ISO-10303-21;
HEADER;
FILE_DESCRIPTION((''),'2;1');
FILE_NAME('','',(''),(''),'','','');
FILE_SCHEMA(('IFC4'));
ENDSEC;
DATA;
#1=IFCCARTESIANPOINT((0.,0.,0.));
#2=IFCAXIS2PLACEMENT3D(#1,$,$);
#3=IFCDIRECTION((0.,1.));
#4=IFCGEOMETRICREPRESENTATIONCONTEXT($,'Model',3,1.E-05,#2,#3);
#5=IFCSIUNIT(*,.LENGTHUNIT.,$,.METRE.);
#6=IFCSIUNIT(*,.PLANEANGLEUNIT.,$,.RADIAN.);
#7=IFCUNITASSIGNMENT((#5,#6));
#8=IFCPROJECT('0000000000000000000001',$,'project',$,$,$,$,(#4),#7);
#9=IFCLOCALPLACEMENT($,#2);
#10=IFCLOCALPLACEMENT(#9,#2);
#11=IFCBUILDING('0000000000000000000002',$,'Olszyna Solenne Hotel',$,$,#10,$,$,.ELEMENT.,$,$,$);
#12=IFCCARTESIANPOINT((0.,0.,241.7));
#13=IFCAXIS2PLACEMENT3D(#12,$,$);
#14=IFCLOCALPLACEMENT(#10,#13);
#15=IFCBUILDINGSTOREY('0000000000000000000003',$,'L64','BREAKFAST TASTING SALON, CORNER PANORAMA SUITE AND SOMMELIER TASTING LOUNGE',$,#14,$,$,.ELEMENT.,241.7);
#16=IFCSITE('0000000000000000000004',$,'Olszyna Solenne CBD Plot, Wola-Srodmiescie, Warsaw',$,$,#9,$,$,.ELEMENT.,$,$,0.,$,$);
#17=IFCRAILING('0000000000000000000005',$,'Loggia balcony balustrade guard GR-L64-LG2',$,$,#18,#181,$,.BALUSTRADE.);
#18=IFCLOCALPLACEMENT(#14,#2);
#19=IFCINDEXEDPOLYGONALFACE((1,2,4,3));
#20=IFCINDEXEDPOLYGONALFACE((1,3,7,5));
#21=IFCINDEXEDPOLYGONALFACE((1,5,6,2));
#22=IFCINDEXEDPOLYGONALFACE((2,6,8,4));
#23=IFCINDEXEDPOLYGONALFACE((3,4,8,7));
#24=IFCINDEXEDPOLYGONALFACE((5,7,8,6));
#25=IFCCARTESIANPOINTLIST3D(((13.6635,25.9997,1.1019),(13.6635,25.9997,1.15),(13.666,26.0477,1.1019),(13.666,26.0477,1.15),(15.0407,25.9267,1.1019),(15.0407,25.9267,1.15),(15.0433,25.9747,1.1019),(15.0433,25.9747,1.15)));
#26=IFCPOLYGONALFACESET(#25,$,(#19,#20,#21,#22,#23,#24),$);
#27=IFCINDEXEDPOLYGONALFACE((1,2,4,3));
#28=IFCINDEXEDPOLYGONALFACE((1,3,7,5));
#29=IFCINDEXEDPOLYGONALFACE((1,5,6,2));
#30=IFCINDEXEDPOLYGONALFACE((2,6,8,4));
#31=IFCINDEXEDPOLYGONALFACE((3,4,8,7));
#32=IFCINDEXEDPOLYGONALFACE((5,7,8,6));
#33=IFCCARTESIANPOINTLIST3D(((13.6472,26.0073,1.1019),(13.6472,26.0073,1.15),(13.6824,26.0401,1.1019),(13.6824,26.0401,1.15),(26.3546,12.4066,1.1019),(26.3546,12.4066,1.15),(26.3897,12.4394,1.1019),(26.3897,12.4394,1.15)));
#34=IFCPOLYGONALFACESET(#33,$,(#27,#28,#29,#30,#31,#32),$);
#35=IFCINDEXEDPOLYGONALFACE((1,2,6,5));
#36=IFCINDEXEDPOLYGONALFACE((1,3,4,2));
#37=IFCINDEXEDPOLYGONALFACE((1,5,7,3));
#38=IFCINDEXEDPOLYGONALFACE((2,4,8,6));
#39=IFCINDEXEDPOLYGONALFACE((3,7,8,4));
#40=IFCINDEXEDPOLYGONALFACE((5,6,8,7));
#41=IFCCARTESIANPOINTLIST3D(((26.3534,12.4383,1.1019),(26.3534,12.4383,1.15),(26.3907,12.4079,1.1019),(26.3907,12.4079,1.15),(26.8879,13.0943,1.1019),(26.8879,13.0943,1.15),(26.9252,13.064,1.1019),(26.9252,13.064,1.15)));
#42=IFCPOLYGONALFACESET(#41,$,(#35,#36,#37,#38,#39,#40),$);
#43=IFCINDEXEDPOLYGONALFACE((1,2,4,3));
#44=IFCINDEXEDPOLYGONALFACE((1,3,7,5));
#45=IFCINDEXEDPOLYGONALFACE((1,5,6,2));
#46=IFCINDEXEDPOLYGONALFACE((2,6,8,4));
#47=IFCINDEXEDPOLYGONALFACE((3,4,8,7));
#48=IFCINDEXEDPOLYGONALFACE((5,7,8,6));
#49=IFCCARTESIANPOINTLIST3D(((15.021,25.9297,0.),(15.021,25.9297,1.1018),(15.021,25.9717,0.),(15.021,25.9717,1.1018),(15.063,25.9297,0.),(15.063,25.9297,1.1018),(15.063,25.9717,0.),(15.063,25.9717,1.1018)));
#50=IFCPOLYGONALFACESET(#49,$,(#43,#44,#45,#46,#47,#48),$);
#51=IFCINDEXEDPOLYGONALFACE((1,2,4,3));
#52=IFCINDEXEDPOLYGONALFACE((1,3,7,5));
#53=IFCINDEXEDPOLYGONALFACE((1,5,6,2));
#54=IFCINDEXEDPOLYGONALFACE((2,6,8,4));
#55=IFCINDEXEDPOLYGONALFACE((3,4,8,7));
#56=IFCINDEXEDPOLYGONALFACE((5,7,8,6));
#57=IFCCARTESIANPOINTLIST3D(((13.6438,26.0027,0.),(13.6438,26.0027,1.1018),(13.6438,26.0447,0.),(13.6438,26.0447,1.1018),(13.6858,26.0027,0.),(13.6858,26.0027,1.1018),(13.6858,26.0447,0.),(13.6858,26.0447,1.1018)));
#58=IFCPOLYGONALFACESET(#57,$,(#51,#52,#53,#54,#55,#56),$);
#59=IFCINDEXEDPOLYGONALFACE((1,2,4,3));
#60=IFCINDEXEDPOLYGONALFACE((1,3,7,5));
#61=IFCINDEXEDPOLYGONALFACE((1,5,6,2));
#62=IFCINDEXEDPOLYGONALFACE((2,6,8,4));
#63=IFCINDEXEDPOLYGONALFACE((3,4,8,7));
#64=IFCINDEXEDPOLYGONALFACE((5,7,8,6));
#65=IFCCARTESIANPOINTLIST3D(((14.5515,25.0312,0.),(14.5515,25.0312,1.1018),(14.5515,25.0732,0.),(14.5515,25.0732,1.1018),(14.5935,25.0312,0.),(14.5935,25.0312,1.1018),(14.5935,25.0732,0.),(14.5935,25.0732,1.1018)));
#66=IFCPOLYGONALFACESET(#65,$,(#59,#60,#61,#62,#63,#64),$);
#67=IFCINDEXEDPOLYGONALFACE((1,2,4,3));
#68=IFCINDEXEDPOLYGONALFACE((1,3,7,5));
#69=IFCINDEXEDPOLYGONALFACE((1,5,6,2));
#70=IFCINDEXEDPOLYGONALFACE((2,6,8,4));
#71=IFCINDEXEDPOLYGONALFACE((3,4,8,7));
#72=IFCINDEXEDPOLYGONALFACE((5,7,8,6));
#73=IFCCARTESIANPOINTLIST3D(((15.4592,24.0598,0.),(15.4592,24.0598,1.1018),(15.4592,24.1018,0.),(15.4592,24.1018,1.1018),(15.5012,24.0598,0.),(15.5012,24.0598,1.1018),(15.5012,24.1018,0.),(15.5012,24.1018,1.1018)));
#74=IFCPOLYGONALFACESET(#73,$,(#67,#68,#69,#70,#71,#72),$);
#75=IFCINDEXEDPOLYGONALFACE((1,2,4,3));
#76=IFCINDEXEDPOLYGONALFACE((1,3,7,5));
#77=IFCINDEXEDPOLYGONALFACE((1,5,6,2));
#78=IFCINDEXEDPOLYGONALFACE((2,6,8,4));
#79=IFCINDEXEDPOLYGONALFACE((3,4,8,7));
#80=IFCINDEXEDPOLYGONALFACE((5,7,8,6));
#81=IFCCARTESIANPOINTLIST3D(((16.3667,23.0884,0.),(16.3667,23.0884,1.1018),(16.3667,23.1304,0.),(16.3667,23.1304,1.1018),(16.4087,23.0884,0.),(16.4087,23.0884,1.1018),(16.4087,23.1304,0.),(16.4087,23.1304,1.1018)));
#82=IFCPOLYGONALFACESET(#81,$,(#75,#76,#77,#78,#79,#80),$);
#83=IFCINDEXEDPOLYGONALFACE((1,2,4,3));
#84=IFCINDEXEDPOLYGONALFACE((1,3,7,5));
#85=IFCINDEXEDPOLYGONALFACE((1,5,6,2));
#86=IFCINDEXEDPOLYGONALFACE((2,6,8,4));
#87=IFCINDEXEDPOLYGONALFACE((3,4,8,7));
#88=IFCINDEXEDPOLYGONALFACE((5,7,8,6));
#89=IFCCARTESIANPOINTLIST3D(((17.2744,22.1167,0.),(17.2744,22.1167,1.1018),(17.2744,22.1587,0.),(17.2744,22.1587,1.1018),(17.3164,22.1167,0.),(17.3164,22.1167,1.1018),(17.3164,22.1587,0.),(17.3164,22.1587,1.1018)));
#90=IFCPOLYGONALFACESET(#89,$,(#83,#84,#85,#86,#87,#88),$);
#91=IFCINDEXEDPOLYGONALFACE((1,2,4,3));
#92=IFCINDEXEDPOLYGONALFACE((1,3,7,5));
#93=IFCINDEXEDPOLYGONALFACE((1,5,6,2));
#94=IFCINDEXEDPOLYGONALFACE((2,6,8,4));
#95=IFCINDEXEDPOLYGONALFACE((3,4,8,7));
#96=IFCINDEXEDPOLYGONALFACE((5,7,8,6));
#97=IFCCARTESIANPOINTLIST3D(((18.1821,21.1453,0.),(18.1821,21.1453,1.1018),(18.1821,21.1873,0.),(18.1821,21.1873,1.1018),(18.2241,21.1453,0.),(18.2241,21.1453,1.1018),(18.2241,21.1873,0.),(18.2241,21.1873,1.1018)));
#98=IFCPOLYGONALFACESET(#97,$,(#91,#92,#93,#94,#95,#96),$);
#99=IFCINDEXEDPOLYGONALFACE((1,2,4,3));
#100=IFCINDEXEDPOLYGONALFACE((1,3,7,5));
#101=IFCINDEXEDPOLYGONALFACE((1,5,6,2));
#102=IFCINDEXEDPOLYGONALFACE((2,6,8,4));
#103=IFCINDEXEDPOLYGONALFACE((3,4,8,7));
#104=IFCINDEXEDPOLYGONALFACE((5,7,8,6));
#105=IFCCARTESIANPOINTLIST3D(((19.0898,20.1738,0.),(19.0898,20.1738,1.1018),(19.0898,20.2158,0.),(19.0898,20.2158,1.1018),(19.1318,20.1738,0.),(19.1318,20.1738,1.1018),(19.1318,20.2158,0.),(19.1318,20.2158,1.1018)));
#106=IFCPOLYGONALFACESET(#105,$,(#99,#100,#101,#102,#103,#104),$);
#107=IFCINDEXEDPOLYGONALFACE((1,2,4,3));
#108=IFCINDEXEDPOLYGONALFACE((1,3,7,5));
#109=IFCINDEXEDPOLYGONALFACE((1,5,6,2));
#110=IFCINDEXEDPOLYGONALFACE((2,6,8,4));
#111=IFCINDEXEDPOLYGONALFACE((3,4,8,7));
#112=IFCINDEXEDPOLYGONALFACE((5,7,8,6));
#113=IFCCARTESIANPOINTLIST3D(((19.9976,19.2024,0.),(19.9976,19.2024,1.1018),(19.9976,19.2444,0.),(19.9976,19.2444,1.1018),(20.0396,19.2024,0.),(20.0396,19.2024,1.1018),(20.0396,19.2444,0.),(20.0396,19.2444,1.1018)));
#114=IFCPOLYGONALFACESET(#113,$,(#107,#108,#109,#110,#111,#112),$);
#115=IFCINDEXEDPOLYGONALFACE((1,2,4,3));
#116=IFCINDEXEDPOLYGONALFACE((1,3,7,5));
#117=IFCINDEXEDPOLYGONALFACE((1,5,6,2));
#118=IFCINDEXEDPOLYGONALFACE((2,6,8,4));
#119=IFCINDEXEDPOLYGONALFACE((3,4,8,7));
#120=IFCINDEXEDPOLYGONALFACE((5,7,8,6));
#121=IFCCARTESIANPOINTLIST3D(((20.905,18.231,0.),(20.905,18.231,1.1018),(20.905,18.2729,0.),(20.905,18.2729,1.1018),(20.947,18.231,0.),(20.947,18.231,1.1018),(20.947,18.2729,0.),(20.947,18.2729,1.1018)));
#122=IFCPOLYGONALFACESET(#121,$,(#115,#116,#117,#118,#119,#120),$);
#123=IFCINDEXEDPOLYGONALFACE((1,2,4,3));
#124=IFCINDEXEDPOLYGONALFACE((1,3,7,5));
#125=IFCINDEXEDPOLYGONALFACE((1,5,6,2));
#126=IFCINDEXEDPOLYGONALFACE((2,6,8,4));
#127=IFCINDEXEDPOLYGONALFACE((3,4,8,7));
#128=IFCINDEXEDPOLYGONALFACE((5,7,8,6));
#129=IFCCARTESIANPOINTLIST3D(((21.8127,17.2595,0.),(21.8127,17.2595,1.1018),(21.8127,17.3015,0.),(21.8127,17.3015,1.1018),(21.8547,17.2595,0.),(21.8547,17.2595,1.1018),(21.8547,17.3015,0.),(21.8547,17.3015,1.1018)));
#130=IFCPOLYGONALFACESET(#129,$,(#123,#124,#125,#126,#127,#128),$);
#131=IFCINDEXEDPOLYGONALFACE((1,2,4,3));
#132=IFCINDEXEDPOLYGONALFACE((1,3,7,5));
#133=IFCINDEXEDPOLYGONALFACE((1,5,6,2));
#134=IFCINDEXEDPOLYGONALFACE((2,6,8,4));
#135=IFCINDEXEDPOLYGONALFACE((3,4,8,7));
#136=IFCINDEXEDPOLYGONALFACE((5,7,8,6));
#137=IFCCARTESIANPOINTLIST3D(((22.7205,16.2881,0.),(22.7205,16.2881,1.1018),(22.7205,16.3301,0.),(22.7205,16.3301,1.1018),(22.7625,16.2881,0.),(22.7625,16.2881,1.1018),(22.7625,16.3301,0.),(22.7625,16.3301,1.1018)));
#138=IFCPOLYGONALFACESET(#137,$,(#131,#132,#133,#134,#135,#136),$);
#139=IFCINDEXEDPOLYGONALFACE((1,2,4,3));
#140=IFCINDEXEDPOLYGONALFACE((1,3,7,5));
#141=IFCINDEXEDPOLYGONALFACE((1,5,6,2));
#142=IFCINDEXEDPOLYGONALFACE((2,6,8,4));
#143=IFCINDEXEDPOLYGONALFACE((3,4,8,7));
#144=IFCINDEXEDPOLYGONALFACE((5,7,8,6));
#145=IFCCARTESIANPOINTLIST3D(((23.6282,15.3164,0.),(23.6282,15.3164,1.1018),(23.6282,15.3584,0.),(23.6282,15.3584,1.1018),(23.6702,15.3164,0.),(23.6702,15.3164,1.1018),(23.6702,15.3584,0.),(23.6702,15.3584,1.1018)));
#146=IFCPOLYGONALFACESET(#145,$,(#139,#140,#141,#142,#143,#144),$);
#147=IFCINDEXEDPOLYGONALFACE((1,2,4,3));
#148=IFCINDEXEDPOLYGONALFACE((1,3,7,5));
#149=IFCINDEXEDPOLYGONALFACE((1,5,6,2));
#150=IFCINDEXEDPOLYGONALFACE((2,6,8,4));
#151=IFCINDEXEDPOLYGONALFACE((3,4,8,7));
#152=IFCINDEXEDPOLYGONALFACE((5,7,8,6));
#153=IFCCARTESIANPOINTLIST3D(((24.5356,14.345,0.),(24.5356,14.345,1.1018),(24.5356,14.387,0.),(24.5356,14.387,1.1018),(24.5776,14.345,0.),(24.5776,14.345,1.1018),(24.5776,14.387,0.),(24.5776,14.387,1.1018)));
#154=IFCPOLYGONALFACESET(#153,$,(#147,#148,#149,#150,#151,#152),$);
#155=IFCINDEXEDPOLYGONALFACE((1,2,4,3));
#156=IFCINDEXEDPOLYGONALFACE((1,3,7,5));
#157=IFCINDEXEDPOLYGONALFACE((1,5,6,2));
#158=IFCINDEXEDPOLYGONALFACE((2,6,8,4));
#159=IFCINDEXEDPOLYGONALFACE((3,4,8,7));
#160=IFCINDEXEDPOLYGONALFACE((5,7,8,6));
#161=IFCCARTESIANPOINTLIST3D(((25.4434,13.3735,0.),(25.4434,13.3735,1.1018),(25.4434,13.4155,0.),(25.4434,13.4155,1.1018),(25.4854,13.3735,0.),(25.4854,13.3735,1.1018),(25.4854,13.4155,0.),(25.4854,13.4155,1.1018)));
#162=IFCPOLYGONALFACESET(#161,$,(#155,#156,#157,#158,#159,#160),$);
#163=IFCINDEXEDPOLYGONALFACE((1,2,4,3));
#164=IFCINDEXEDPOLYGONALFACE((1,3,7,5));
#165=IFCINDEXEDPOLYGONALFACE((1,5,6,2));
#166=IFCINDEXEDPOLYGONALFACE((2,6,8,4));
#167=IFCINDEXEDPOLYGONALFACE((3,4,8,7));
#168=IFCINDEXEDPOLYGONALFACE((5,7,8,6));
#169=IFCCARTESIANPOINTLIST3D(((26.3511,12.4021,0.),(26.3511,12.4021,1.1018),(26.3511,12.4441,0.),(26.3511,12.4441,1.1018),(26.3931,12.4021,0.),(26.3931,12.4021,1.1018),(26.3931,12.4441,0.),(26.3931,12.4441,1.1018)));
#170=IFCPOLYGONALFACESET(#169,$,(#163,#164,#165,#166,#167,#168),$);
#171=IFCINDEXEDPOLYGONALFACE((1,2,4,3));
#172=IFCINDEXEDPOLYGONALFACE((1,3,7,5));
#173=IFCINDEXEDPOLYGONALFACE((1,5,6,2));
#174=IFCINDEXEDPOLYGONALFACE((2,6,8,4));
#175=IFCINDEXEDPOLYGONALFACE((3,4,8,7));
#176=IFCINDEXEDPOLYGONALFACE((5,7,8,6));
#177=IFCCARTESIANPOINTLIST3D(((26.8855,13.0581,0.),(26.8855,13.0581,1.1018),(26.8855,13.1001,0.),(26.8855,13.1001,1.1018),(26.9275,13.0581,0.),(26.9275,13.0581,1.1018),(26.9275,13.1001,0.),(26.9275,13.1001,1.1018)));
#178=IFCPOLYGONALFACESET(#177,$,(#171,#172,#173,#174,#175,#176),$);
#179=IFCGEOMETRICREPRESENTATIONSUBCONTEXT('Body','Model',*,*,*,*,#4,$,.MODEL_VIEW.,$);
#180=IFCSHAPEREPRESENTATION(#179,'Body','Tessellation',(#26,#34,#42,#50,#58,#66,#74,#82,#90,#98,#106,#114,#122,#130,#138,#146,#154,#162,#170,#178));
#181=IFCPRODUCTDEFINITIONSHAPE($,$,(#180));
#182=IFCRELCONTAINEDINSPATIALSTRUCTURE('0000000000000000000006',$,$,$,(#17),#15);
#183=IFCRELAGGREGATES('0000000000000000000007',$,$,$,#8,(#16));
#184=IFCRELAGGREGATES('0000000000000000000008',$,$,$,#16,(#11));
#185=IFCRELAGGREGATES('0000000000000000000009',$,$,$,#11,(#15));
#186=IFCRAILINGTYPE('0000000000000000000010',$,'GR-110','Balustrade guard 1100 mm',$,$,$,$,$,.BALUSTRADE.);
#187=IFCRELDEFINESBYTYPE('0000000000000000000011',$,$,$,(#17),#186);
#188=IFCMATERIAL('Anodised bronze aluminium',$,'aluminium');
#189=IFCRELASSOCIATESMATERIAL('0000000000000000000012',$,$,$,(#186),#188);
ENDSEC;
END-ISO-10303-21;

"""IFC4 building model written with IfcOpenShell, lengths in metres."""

from ifc_helpers import new_model, si_unit, direction, frame, origin, origin_2d, place, context, subcontext, project, spatial, rectangle, extrude, material, type_object, element, save


model = new_model("IFC4")

# Units and contexts
model_context = context("Model", 3, precision=1e-05, world=origin(), true_north=direction((0.0, 1.0)))
body_context = subcontext(model_context, "Body", "Model", "MODEL_VIEW")
ifc_project = project(units=[si_unit("LENGTHUNIT", "METRE"), si_unit("PLANEANGLEUNIT", "RADIAN")], contexts=[model_context])

# Site, building, storey
site_placement = place(None, origin())
site = spatial("IfcSite", under=ifc_project, at=site_placement, Name="Olszyna Solenne CBD Plot, Wola-Srodmiescie, Warsaw", CompositionType="ELEMENT", RefElevation=0.0)
building_placement = place(site_placement, origin())
building = spatial("IfcBuilding", under=site, at=building_placement, Name="Olszyna Solenne Hotel", CompositionType="ELEMENT")
storey_placement = place(building_placement, frame((0.0, 0.0, 241.7)))
storey = spatial("IfcBuildingStorey", under=building, at=storey_placement, Name="L64", Description="BREAKFAST TASTING SALON, CORNER PANORAMA SUITE AND SOMMELIER TASTING LOUNGE", CompositionType="ELEMENT", Elevation=241.7)

# Railing
ifc_material_1 = material(Name="Anodised bronze aluminium", Category="aluminium")
railing_type = type_object("IfcRailingType", Name="GR-110", Description="Balustrade guard 1100 mm", PredefinedType="BALUSTRADE", material=ifc_material_1)
railing_placement = place(storey_placement, frame((15.042, 25.9507, 0.0)))
element("IfcRailing", 1, at=railing_placement, inside=storey, type_object=railing_type, Name="Loggia balcony balustrade guard GR-L64-LG2", PredefinedType="BALUSTRADE", context=body_context, shape_type="SweptSolid", body=[
    extrude(rectangle(XDim=0.0481, YDim=0.0481, at=origin_2d()), frame((0.0, 0.0, 1.126), z_axis=(-0.998598, 0.05293, 0.0), x_axis=(-0.05293, -0.998598, 0.0)), (0.0, 0.0, 1.0), 1.3792),
    extrude(rectangle(XDim=0.0481, YDim=0.0481, at=origin_2d()), frame((-1.3772, 0.073, 1.126), z_axis=(0.682703, -0.730696, 0.0), x_axis=(0.730696, 0.682703, 0.0)), (0.0, 0.0, 1.0), 18.6133),
    extrude(rectangle(XDim=0.0481, YDim=0.0481, at=origin_2d()), frame((11.3301, -13.5276, 1.126), z_axis=(0.631602, 0.775293, 0.0), x_axis=(-0.775293, 0.631602, 0.0)), (0.0, 0.0, 1.0), 0.8462),
    extrude(rectangle(XDim=0.042, YDim=0.042, at=origin_2d()), origin(), (0.0, 0.0, 1.0), 1.1018),
    extrude(rectangle(XDim=0.042, YDim=0.042, at=origin_2d()), frame((-1.3772, 0.073, 0.0)), (0.0, 0.0, 1.0), 1.1018),
    extrude(rectangle(XDim=0.042, YDim=0.042, at=origin_2d()), frame((-0.4695, -0.8984, 0.0)), (0.0, 0.0, 1.0), 1.1018),
    extrude(rectangle(XDim=0.042, YDim=0.042, at=origin_2d()), frame((0.4382, -1.8699, 0.0)), (0.0, 0.0, 1.0), 1.1018),
    extrude(rectangle(XDim=0.042, YDim=0.042, at=origin_2d()), frame((1.3457, -2.8413, 0.0)), (0.0, 0.0, 1.0), 1.1018),
    extrude(rectangle(XDim=0.042, YDim=0.042, at=origin_2d()), frame((2.2534, -3.813, 0.0)), (0.0, 0.0, 1.0), 1.1018),
    extrude(rectangle(XDim=0.042, YDim=0.042, at=origin_2d()), frame((3.1611, -4.7844, 0.0)), (0.0, 0.0, 1.0), 1.1018),
    extrude(rectangle(XDim=0.042, YDim=0.042, at=origin_2d()), frame((4.0688, -5.7559, 0.0)), (0.0, 0.0, 1.0), 1.1018),
    extrude(rectangle(XDim=0.042, YDim=0.042, at=origin_2d()), frame((4.9766, -6.7273, 0.0)), (0.0, 0.0, 1.0), 1.1018),
    extrude(rectangle(XDim=0.042, YDim=0.042, at=origin_2d()), frame((5.884, -7.6987, 0.0)), (0.0, 0.0, 1.0), 1.1018),
    extrude(rectangle(XDim=0.042, YDim=0.042, at=origin_2d()), frame((6.7917, -8.6702, 0.0)), (0.0, 0.0, 1.0), 1.1018),
    extrude(rectangle(XDim=0.042, YDim=0.042, at=origin_2d()), frame((7.6995, -9.6416, 0.0)), (0.0, 0.0, 1.0), 1.1018),
    extrude(rectangle(XDim=0.042, YDim=0.042, at=origin_2d()), frame((8.6072, -10.6133, 0.0)), (0.0, 0.0, 1.0), 1.1018),
    extrude(rectangle(XDim=0.042, YDim=0.042, at=origin_2d()), frame((9.5146, -11.5847, 0.0)), (0.0, 0.0, 1.0), 1.1018),
    extrude(rectangle(XDim=0.042, YDim=0.042, at=origin_2d()), frame((10.4224, -12.5562, 0.0)), (0.0, 0.0, 1.0), 1.1018),
    extrude(rectangle(XDim=0.042, YDim=0.042, at=origin_2d()), frame((11.3301, -13.5276, 0.0)), (0.0, 0.0, 1.0), 1.1018),
    extrude(rectangle(XDim=0.042, YDim=0.042, at=origin_2d()), frame((11.8645, -12.8716, 0.0)), (0.0, 0.0, 1.0), 1.1018),
])

save(model, "model.ifc")
